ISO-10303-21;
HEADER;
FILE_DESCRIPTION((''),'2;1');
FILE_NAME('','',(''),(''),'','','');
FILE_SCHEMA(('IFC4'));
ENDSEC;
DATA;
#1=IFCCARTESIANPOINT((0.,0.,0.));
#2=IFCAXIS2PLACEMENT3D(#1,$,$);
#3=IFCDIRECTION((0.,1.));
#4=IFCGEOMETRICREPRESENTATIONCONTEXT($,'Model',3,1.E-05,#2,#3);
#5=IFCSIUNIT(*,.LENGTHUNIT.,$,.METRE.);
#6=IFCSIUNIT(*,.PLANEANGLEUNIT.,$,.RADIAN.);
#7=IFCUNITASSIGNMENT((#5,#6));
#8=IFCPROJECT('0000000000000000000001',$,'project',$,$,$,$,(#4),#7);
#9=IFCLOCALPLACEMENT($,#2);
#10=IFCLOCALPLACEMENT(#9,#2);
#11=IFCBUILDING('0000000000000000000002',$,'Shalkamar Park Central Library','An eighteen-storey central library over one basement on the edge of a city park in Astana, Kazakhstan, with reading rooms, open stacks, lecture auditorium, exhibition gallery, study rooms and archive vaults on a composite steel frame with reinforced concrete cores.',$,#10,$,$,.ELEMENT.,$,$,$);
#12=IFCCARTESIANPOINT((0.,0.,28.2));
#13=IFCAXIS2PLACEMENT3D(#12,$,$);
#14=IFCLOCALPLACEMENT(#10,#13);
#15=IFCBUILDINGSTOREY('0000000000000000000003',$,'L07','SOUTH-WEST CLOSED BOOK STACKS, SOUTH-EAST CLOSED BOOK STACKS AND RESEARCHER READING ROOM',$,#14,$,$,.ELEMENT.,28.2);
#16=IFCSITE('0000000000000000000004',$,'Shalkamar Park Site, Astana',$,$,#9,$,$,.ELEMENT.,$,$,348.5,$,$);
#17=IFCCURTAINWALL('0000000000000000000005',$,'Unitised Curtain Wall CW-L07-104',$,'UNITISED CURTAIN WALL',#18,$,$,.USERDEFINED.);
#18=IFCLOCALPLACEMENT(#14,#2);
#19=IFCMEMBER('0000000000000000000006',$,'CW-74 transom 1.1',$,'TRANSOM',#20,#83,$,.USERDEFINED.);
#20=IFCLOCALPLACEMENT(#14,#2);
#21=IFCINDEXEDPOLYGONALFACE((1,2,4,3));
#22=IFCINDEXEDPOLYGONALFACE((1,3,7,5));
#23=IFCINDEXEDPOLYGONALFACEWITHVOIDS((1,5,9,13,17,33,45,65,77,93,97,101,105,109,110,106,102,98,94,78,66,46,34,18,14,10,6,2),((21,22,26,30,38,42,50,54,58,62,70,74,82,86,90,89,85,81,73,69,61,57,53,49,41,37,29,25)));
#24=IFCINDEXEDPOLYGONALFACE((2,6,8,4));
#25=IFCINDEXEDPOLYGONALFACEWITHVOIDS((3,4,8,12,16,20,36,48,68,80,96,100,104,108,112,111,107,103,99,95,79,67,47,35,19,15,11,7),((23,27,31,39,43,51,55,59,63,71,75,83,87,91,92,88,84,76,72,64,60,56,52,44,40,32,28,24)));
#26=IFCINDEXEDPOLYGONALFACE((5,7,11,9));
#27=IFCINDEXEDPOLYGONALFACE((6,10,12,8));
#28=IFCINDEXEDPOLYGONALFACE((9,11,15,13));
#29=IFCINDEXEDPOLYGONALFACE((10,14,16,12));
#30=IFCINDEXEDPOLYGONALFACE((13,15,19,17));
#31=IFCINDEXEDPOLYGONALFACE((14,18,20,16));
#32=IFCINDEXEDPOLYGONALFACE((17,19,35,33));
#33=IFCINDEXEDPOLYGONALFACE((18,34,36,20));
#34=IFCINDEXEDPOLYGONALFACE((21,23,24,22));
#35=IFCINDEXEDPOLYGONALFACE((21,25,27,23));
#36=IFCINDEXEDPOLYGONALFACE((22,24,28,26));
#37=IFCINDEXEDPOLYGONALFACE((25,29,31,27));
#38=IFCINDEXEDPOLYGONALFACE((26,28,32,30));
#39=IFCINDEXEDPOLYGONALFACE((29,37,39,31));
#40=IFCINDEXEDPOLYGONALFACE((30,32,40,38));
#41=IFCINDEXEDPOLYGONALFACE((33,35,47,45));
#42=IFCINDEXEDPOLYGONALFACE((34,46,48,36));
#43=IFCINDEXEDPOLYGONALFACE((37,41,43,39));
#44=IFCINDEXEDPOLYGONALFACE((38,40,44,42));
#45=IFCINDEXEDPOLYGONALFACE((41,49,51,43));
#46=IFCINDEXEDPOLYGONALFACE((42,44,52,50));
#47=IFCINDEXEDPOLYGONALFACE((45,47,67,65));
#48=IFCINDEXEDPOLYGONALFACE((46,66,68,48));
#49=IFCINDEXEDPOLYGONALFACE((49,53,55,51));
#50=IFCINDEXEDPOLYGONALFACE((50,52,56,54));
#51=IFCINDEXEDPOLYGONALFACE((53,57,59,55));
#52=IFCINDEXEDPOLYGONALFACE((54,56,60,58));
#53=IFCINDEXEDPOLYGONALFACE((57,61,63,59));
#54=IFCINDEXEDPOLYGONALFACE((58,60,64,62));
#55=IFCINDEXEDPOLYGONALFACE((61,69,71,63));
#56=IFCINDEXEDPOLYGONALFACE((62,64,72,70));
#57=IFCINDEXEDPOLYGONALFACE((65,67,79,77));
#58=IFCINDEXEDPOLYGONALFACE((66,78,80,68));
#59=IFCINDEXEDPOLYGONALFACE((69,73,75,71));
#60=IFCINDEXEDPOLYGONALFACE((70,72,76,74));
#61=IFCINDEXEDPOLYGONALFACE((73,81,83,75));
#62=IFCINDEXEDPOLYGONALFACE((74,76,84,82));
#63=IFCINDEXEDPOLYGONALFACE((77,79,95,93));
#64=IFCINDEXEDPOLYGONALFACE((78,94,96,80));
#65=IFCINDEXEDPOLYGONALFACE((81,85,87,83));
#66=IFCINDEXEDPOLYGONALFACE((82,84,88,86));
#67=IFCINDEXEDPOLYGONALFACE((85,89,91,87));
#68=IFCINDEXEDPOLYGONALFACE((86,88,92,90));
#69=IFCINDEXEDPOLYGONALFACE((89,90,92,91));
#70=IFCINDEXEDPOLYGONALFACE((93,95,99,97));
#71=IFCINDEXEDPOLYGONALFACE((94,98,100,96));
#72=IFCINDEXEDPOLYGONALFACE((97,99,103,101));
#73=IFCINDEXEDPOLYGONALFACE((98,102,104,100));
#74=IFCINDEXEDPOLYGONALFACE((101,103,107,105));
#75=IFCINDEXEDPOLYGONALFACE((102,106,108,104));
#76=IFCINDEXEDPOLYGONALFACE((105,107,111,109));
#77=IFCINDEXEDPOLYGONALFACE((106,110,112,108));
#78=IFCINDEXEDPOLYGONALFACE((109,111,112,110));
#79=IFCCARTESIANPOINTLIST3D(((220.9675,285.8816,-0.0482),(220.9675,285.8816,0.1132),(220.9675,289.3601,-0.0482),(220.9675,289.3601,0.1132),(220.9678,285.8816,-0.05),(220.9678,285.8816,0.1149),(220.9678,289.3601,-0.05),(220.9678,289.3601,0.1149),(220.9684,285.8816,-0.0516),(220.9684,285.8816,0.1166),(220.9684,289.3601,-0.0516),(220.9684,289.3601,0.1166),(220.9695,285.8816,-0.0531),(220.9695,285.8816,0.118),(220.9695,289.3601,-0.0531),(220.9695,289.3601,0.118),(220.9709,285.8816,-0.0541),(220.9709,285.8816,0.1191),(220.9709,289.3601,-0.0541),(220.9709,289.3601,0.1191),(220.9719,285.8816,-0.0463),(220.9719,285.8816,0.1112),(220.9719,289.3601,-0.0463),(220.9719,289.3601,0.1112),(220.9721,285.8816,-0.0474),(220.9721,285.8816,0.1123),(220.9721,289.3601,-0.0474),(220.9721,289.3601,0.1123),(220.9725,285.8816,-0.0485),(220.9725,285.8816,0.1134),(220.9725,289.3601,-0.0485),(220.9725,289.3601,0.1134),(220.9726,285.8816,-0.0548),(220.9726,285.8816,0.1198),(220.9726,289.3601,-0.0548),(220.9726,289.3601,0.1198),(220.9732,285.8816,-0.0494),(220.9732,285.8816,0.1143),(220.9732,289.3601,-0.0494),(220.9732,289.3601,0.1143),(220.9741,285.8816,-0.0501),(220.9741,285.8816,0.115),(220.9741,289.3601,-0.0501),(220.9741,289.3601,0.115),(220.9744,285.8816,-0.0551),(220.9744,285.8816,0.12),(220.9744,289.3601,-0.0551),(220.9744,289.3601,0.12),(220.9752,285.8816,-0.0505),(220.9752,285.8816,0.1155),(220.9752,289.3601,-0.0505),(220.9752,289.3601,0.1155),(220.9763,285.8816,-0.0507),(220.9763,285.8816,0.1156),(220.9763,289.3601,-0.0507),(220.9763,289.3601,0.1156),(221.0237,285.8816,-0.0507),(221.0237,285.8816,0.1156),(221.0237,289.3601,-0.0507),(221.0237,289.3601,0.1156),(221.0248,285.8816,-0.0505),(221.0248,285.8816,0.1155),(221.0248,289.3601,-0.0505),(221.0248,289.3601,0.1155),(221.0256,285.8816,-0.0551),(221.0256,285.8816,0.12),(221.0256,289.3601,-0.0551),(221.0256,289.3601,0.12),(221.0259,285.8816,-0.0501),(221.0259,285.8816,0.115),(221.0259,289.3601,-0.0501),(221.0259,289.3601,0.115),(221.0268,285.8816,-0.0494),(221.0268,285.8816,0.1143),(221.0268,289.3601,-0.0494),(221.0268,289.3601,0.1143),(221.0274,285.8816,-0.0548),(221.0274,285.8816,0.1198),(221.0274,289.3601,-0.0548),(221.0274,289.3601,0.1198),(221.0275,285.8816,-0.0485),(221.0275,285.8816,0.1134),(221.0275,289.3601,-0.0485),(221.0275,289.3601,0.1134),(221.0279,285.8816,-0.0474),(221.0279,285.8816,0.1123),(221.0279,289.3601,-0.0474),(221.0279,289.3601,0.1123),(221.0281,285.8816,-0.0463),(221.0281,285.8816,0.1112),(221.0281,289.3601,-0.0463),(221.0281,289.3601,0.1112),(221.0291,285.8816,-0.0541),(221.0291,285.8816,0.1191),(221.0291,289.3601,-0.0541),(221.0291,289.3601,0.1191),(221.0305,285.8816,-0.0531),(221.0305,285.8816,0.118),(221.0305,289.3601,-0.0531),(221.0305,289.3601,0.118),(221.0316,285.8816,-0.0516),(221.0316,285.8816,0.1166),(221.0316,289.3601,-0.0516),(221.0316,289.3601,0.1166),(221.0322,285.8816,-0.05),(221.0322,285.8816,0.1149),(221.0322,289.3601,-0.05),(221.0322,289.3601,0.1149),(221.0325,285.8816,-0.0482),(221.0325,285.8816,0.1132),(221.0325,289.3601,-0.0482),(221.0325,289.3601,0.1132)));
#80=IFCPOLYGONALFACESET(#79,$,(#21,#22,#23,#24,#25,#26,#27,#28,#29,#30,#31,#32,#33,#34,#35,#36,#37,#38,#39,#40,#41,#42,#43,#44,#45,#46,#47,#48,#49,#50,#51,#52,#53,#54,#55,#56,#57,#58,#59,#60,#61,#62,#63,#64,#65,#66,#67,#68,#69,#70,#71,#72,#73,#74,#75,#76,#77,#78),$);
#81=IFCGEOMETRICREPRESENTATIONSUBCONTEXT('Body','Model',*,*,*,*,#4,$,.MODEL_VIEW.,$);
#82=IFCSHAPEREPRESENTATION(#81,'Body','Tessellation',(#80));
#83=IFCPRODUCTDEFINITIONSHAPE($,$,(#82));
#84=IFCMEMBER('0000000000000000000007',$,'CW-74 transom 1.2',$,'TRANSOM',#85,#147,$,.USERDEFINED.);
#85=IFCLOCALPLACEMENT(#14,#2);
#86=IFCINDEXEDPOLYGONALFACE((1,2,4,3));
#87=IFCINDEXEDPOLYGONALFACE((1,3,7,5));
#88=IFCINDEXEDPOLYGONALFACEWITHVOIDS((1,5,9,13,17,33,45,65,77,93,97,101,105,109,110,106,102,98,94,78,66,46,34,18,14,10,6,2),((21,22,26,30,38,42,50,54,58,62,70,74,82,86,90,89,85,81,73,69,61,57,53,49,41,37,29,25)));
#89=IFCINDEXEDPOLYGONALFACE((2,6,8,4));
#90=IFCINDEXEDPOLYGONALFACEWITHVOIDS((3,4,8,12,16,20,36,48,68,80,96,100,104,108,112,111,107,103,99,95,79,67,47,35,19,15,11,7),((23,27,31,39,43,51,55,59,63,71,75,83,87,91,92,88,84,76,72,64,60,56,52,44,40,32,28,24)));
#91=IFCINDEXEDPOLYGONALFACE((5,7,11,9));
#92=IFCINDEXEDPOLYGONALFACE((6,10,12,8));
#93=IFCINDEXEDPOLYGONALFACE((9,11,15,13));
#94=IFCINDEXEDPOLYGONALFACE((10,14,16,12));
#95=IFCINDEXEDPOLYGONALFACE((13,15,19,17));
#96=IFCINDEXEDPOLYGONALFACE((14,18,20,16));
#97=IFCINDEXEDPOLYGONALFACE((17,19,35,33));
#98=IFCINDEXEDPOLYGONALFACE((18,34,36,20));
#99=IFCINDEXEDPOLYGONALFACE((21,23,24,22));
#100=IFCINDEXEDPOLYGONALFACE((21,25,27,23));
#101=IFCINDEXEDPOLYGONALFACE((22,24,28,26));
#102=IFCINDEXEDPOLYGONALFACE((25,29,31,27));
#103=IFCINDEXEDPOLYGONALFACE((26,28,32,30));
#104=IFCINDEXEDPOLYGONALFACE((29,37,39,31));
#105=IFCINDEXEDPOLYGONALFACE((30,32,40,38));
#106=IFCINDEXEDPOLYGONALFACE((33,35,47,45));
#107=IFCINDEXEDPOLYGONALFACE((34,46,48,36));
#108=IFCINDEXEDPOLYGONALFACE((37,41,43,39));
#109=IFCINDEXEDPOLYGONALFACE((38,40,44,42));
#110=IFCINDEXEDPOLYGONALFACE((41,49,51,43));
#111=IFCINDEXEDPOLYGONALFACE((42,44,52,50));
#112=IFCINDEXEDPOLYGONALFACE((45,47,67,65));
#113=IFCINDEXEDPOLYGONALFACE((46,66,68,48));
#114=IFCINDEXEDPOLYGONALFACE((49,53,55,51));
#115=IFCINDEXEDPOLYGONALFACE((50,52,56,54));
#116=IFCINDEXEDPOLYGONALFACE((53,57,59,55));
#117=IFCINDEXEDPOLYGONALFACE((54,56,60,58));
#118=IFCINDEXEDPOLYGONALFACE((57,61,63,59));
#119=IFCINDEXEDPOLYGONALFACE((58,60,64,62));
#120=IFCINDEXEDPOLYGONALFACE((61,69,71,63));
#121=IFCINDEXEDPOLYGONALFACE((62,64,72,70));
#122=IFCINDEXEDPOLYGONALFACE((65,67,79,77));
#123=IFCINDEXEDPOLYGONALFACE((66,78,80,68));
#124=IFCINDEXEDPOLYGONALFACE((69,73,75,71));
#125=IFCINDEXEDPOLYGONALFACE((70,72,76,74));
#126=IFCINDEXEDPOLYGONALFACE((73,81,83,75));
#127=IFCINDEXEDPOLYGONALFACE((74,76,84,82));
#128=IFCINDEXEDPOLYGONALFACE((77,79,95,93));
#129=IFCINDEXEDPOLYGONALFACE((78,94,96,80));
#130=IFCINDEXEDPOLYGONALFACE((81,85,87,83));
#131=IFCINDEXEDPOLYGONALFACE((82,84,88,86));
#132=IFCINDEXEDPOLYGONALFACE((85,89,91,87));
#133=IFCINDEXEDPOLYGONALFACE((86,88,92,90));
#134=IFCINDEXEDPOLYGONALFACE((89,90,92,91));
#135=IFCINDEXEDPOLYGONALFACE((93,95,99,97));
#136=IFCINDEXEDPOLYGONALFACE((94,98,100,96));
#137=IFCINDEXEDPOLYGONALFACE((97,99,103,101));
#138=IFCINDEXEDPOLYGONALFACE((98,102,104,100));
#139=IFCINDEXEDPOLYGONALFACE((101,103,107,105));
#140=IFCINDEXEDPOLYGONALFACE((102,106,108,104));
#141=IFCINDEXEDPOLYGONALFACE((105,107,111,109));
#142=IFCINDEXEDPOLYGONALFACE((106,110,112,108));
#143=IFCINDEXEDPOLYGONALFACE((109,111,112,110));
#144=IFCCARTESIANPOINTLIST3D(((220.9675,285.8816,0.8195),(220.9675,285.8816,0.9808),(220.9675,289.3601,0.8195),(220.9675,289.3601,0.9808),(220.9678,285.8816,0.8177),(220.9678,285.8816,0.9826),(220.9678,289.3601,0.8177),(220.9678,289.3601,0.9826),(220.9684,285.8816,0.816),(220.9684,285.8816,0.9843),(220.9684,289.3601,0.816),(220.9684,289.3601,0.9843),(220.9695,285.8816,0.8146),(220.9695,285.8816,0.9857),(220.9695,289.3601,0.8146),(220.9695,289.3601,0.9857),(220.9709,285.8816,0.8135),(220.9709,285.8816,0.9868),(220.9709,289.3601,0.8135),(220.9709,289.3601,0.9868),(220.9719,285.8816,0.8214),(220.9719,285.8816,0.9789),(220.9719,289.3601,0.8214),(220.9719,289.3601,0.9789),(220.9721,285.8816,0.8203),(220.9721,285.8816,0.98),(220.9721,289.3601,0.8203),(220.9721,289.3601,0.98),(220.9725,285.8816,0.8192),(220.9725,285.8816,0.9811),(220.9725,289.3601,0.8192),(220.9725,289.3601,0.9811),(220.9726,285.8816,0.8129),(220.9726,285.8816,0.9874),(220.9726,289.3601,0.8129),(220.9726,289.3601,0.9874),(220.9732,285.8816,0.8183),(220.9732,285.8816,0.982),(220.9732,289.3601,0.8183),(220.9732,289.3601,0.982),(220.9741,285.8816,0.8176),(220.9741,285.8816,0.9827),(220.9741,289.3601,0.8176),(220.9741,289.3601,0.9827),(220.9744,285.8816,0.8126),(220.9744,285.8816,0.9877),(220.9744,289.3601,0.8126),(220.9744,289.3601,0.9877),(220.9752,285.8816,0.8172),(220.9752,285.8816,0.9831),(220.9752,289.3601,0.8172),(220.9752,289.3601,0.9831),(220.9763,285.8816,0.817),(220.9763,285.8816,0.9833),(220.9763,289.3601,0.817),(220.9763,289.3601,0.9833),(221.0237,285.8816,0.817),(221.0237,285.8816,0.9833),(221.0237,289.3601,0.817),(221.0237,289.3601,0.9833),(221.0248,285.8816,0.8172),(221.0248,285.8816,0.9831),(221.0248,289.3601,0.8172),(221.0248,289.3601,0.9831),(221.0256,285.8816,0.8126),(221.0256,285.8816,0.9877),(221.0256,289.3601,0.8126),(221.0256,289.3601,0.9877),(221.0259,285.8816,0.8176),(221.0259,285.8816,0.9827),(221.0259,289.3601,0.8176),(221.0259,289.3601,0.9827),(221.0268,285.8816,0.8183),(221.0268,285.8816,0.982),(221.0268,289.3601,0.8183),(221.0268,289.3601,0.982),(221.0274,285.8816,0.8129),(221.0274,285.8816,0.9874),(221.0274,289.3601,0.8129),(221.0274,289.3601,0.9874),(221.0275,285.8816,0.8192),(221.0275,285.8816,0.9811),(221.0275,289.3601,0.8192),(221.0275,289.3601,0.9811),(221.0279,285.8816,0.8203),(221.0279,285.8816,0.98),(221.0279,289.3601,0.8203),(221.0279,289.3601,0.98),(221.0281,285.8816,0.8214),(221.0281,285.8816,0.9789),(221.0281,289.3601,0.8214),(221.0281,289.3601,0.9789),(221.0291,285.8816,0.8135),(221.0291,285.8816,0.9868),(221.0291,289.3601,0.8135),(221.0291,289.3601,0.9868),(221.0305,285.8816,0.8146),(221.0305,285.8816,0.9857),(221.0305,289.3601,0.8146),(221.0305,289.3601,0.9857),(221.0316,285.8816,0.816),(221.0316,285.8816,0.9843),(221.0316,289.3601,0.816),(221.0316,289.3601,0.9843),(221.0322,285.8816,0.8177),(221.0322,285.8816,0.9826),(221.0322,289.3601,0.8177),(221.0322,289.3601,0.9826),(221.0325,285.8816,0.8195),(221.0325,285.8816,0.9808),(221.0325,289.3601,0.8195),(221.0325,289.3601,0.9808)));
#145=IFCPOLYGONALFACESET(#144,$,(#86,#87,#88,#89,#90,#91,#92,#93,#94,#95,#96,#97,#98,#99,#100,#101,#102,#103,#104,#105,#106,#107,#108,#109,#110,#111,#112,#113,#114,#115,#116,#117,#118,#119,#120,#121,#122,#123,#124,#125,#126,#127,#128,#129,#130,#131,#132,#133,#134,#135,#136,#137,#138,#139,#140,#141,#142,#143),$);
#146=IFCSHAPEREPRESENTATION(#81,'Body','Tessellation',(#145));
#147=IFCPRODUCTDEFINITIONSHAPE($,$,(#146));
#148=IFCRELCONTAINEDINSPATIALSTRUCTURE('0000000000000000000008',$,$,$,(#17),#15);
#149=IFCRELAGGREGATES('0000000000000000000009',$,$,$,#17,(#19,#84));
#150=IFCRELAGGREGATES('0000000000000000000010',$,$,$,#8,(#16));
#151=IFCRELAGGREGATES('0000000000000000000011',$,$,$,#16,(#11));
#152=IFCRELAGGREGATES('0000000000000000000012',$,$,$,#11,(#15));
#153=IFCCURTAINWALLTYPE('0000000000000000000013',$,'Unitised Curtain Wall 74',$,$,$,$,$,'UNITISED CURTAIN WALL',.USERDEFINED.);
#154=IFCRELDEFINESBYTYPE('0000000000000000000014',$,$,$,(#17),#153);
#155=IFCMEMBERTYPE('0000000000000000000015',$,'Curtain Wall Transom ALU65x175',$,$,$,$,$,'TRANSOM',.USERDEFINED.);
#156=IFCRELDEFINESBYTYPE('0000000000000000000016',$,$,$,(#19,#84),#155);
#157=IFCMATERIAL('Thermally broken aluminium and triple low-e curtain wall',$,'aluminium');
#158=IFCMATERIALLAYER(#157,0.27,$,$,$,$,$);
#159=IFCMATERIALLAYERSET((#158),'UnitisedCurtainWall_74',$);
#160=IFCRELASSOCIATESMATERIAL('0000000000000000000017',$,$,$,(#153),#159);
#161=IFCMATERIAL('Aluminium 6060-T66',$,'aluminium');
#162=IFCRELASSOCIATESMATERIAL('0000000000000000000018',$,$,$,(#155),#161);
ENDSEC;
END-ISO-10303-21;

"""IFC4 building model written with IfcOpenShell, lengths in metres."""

from ifc_helpers import new_model, si_unit, direction, frame, origin, origin_2d, place, context, subcontext, project, spatial, hollow_rectangle, extrude, material, layer, layer_set, material_profile, profile_set, type_object, element, aggregate, save


model = new_model("IFC4")

# Units and contexts
model_context = context("Model", 3, precision=1e-05, world=origin(), true_north=direction((0.0, 1.0)))
body_context = subcontext(model_context, "Body", "Model", "MODEL_VIEW")
ifc_project = project(units=[si_unit("LENGTHUNIT", "METRE"), si_unit("PLANEANGLEUNIT", "RADIAN")], contexts=[model_context])

# Site, building, storey
site_placement = place(None, origin())
site = spatial("IfcSite", under=ifc_project, at=site_placement, Name="Shalkamar Park Site, Astana", CompositionType="ELEMENT", RefElevation=348.5)
building_placement = place(site_placement, origin())
building = spatial("IfcBuilding", under=site, at=building_placement, Name="Shalkamar Park Central Library", Description="An eighteen-storey central library over one basement on the edge of a city park in Astana, Kazakhstan, with reading rooms, open stacks, lecture auditorium, exhibition gallery, study rooms and archive vaults on a composite steel frame with reinforced concrete cores.", CompositionType="ELEMENT")
storey_placement = place(building_placement, frame((0.0, 0.0, 28.2)))
storey = spatial("IfcBuildingStorey", under=building, at=storey_placement, Name="L07", Description="SOUTH-WEST CLOSED BOOK STACKS, SOUTH-EAST CLOSED BOOK STACKS AND RESEARCHER READING ROOM", CompositionType="ELEMENT", Elevation=28.2)

# Curtain wall, members
ifc_material_1 = material(Name="Thermally broken aluminium and triple low-e curtain wall", Category="aluminium")
ifc_layer_1 = layer(ifc_material_1, 0.27)
ifc_layer_set_1 = layer_set([ifc_layer_1], Name="UnitisedCurtainWall_74")
curtain_wall_type = type_object("IfcCurtainWallType", Name="Unitised Curtain Wall 74", ElementType="UNITISED CURTAIN WALL", PredefinedType="USERDEFINED", material=ifc_layer_set_1)
curtain_wall_placement = place(storey_placement, origin())
curtain_wall = element("IfcCurtainWall", 1, at=curtain_wall_placement, inside=storey, type_object=curtain_wall_type, Name="Unitised Curtain Wall CW-L07-104", ObjectType="UNITISED CURTAIN WALL", PredefinedType="USERDEFINED")
ifc_material_2 = material(Name="Aluminium 6060-T66", Category="aluminium")
ifc_material_profile_1 = material_profile(ifc_material_2, hollow_rectangle(XDim=0.0649, YDim=0.175, WallThickness=0.0044, InnerFilletRadius=0.0044, OuterFilletRadius=0.0068, at=origin_2d()), Name="ALU 65x175x4.5")
ifc_profile_set_1 = profile_set([ifc_material_profile_1], Name="Aluminium 6060-T66")
member_type_1 = type_object("IfcMemberType", Name="Curtain Wall Transom ALU65x175", ElementType="TRANSOM", PredefinedType="USERDEFINED", material=ifc_profile_set_1)
member_1_placement = place(storey_placement, frame((221.0, 285.8816, 0.0325), z_axis=(0.0, 1.0, 0.0), x_axis=(-1.0, 0.0, 0.0)))
member_1 = element("IfcMember", 2, at=member_1_placement, type_object=member_type_1, Name="CW-74 transom 1.1", ObjectType="TRANSOM", PredefinedType="USERDEFINED", context=body_context, shape_type="SweptSolid", body=[
    extrude(hollow_rectangle(XDim=0.0649, YDim=0.175, WallThickness=0.0044, InnerFilletRadius=0.0044, OuterFilletRadius=0.0068, at=origin_2d()), origin(), (0.0, 0.0, 1.0), 3.4785),
])
member_2_placement = place(storey_placement, frame((221.0, 285.8816, 0.9001), z_axis=(0.0, 1.0, 0.0), x_axis=(-1.0, 0.0, 0.0)))
member_2 = element("IfcMember", 3, at=member_2_placement, type_object=member_type_1, Name="CW-74 transom 1.2", ObjectType="TRANSOM", PredefinedType="USERDEFINED", context=body_context, shape_type="SweptSolid", body=[
    extrude(hollow_rectangle(XDim=0.0649, YDim=0.175, WallThickness=0.0044, InnerFilletRadius=0.0044, OuterFilletRadius=0.0068, at=origin_2d()), origin(), (0.0, 0.0, 1.0), 3.4785),
])

aggregate(curtain_wall, [member_1, member_2])

save(model, "model.ifc")
